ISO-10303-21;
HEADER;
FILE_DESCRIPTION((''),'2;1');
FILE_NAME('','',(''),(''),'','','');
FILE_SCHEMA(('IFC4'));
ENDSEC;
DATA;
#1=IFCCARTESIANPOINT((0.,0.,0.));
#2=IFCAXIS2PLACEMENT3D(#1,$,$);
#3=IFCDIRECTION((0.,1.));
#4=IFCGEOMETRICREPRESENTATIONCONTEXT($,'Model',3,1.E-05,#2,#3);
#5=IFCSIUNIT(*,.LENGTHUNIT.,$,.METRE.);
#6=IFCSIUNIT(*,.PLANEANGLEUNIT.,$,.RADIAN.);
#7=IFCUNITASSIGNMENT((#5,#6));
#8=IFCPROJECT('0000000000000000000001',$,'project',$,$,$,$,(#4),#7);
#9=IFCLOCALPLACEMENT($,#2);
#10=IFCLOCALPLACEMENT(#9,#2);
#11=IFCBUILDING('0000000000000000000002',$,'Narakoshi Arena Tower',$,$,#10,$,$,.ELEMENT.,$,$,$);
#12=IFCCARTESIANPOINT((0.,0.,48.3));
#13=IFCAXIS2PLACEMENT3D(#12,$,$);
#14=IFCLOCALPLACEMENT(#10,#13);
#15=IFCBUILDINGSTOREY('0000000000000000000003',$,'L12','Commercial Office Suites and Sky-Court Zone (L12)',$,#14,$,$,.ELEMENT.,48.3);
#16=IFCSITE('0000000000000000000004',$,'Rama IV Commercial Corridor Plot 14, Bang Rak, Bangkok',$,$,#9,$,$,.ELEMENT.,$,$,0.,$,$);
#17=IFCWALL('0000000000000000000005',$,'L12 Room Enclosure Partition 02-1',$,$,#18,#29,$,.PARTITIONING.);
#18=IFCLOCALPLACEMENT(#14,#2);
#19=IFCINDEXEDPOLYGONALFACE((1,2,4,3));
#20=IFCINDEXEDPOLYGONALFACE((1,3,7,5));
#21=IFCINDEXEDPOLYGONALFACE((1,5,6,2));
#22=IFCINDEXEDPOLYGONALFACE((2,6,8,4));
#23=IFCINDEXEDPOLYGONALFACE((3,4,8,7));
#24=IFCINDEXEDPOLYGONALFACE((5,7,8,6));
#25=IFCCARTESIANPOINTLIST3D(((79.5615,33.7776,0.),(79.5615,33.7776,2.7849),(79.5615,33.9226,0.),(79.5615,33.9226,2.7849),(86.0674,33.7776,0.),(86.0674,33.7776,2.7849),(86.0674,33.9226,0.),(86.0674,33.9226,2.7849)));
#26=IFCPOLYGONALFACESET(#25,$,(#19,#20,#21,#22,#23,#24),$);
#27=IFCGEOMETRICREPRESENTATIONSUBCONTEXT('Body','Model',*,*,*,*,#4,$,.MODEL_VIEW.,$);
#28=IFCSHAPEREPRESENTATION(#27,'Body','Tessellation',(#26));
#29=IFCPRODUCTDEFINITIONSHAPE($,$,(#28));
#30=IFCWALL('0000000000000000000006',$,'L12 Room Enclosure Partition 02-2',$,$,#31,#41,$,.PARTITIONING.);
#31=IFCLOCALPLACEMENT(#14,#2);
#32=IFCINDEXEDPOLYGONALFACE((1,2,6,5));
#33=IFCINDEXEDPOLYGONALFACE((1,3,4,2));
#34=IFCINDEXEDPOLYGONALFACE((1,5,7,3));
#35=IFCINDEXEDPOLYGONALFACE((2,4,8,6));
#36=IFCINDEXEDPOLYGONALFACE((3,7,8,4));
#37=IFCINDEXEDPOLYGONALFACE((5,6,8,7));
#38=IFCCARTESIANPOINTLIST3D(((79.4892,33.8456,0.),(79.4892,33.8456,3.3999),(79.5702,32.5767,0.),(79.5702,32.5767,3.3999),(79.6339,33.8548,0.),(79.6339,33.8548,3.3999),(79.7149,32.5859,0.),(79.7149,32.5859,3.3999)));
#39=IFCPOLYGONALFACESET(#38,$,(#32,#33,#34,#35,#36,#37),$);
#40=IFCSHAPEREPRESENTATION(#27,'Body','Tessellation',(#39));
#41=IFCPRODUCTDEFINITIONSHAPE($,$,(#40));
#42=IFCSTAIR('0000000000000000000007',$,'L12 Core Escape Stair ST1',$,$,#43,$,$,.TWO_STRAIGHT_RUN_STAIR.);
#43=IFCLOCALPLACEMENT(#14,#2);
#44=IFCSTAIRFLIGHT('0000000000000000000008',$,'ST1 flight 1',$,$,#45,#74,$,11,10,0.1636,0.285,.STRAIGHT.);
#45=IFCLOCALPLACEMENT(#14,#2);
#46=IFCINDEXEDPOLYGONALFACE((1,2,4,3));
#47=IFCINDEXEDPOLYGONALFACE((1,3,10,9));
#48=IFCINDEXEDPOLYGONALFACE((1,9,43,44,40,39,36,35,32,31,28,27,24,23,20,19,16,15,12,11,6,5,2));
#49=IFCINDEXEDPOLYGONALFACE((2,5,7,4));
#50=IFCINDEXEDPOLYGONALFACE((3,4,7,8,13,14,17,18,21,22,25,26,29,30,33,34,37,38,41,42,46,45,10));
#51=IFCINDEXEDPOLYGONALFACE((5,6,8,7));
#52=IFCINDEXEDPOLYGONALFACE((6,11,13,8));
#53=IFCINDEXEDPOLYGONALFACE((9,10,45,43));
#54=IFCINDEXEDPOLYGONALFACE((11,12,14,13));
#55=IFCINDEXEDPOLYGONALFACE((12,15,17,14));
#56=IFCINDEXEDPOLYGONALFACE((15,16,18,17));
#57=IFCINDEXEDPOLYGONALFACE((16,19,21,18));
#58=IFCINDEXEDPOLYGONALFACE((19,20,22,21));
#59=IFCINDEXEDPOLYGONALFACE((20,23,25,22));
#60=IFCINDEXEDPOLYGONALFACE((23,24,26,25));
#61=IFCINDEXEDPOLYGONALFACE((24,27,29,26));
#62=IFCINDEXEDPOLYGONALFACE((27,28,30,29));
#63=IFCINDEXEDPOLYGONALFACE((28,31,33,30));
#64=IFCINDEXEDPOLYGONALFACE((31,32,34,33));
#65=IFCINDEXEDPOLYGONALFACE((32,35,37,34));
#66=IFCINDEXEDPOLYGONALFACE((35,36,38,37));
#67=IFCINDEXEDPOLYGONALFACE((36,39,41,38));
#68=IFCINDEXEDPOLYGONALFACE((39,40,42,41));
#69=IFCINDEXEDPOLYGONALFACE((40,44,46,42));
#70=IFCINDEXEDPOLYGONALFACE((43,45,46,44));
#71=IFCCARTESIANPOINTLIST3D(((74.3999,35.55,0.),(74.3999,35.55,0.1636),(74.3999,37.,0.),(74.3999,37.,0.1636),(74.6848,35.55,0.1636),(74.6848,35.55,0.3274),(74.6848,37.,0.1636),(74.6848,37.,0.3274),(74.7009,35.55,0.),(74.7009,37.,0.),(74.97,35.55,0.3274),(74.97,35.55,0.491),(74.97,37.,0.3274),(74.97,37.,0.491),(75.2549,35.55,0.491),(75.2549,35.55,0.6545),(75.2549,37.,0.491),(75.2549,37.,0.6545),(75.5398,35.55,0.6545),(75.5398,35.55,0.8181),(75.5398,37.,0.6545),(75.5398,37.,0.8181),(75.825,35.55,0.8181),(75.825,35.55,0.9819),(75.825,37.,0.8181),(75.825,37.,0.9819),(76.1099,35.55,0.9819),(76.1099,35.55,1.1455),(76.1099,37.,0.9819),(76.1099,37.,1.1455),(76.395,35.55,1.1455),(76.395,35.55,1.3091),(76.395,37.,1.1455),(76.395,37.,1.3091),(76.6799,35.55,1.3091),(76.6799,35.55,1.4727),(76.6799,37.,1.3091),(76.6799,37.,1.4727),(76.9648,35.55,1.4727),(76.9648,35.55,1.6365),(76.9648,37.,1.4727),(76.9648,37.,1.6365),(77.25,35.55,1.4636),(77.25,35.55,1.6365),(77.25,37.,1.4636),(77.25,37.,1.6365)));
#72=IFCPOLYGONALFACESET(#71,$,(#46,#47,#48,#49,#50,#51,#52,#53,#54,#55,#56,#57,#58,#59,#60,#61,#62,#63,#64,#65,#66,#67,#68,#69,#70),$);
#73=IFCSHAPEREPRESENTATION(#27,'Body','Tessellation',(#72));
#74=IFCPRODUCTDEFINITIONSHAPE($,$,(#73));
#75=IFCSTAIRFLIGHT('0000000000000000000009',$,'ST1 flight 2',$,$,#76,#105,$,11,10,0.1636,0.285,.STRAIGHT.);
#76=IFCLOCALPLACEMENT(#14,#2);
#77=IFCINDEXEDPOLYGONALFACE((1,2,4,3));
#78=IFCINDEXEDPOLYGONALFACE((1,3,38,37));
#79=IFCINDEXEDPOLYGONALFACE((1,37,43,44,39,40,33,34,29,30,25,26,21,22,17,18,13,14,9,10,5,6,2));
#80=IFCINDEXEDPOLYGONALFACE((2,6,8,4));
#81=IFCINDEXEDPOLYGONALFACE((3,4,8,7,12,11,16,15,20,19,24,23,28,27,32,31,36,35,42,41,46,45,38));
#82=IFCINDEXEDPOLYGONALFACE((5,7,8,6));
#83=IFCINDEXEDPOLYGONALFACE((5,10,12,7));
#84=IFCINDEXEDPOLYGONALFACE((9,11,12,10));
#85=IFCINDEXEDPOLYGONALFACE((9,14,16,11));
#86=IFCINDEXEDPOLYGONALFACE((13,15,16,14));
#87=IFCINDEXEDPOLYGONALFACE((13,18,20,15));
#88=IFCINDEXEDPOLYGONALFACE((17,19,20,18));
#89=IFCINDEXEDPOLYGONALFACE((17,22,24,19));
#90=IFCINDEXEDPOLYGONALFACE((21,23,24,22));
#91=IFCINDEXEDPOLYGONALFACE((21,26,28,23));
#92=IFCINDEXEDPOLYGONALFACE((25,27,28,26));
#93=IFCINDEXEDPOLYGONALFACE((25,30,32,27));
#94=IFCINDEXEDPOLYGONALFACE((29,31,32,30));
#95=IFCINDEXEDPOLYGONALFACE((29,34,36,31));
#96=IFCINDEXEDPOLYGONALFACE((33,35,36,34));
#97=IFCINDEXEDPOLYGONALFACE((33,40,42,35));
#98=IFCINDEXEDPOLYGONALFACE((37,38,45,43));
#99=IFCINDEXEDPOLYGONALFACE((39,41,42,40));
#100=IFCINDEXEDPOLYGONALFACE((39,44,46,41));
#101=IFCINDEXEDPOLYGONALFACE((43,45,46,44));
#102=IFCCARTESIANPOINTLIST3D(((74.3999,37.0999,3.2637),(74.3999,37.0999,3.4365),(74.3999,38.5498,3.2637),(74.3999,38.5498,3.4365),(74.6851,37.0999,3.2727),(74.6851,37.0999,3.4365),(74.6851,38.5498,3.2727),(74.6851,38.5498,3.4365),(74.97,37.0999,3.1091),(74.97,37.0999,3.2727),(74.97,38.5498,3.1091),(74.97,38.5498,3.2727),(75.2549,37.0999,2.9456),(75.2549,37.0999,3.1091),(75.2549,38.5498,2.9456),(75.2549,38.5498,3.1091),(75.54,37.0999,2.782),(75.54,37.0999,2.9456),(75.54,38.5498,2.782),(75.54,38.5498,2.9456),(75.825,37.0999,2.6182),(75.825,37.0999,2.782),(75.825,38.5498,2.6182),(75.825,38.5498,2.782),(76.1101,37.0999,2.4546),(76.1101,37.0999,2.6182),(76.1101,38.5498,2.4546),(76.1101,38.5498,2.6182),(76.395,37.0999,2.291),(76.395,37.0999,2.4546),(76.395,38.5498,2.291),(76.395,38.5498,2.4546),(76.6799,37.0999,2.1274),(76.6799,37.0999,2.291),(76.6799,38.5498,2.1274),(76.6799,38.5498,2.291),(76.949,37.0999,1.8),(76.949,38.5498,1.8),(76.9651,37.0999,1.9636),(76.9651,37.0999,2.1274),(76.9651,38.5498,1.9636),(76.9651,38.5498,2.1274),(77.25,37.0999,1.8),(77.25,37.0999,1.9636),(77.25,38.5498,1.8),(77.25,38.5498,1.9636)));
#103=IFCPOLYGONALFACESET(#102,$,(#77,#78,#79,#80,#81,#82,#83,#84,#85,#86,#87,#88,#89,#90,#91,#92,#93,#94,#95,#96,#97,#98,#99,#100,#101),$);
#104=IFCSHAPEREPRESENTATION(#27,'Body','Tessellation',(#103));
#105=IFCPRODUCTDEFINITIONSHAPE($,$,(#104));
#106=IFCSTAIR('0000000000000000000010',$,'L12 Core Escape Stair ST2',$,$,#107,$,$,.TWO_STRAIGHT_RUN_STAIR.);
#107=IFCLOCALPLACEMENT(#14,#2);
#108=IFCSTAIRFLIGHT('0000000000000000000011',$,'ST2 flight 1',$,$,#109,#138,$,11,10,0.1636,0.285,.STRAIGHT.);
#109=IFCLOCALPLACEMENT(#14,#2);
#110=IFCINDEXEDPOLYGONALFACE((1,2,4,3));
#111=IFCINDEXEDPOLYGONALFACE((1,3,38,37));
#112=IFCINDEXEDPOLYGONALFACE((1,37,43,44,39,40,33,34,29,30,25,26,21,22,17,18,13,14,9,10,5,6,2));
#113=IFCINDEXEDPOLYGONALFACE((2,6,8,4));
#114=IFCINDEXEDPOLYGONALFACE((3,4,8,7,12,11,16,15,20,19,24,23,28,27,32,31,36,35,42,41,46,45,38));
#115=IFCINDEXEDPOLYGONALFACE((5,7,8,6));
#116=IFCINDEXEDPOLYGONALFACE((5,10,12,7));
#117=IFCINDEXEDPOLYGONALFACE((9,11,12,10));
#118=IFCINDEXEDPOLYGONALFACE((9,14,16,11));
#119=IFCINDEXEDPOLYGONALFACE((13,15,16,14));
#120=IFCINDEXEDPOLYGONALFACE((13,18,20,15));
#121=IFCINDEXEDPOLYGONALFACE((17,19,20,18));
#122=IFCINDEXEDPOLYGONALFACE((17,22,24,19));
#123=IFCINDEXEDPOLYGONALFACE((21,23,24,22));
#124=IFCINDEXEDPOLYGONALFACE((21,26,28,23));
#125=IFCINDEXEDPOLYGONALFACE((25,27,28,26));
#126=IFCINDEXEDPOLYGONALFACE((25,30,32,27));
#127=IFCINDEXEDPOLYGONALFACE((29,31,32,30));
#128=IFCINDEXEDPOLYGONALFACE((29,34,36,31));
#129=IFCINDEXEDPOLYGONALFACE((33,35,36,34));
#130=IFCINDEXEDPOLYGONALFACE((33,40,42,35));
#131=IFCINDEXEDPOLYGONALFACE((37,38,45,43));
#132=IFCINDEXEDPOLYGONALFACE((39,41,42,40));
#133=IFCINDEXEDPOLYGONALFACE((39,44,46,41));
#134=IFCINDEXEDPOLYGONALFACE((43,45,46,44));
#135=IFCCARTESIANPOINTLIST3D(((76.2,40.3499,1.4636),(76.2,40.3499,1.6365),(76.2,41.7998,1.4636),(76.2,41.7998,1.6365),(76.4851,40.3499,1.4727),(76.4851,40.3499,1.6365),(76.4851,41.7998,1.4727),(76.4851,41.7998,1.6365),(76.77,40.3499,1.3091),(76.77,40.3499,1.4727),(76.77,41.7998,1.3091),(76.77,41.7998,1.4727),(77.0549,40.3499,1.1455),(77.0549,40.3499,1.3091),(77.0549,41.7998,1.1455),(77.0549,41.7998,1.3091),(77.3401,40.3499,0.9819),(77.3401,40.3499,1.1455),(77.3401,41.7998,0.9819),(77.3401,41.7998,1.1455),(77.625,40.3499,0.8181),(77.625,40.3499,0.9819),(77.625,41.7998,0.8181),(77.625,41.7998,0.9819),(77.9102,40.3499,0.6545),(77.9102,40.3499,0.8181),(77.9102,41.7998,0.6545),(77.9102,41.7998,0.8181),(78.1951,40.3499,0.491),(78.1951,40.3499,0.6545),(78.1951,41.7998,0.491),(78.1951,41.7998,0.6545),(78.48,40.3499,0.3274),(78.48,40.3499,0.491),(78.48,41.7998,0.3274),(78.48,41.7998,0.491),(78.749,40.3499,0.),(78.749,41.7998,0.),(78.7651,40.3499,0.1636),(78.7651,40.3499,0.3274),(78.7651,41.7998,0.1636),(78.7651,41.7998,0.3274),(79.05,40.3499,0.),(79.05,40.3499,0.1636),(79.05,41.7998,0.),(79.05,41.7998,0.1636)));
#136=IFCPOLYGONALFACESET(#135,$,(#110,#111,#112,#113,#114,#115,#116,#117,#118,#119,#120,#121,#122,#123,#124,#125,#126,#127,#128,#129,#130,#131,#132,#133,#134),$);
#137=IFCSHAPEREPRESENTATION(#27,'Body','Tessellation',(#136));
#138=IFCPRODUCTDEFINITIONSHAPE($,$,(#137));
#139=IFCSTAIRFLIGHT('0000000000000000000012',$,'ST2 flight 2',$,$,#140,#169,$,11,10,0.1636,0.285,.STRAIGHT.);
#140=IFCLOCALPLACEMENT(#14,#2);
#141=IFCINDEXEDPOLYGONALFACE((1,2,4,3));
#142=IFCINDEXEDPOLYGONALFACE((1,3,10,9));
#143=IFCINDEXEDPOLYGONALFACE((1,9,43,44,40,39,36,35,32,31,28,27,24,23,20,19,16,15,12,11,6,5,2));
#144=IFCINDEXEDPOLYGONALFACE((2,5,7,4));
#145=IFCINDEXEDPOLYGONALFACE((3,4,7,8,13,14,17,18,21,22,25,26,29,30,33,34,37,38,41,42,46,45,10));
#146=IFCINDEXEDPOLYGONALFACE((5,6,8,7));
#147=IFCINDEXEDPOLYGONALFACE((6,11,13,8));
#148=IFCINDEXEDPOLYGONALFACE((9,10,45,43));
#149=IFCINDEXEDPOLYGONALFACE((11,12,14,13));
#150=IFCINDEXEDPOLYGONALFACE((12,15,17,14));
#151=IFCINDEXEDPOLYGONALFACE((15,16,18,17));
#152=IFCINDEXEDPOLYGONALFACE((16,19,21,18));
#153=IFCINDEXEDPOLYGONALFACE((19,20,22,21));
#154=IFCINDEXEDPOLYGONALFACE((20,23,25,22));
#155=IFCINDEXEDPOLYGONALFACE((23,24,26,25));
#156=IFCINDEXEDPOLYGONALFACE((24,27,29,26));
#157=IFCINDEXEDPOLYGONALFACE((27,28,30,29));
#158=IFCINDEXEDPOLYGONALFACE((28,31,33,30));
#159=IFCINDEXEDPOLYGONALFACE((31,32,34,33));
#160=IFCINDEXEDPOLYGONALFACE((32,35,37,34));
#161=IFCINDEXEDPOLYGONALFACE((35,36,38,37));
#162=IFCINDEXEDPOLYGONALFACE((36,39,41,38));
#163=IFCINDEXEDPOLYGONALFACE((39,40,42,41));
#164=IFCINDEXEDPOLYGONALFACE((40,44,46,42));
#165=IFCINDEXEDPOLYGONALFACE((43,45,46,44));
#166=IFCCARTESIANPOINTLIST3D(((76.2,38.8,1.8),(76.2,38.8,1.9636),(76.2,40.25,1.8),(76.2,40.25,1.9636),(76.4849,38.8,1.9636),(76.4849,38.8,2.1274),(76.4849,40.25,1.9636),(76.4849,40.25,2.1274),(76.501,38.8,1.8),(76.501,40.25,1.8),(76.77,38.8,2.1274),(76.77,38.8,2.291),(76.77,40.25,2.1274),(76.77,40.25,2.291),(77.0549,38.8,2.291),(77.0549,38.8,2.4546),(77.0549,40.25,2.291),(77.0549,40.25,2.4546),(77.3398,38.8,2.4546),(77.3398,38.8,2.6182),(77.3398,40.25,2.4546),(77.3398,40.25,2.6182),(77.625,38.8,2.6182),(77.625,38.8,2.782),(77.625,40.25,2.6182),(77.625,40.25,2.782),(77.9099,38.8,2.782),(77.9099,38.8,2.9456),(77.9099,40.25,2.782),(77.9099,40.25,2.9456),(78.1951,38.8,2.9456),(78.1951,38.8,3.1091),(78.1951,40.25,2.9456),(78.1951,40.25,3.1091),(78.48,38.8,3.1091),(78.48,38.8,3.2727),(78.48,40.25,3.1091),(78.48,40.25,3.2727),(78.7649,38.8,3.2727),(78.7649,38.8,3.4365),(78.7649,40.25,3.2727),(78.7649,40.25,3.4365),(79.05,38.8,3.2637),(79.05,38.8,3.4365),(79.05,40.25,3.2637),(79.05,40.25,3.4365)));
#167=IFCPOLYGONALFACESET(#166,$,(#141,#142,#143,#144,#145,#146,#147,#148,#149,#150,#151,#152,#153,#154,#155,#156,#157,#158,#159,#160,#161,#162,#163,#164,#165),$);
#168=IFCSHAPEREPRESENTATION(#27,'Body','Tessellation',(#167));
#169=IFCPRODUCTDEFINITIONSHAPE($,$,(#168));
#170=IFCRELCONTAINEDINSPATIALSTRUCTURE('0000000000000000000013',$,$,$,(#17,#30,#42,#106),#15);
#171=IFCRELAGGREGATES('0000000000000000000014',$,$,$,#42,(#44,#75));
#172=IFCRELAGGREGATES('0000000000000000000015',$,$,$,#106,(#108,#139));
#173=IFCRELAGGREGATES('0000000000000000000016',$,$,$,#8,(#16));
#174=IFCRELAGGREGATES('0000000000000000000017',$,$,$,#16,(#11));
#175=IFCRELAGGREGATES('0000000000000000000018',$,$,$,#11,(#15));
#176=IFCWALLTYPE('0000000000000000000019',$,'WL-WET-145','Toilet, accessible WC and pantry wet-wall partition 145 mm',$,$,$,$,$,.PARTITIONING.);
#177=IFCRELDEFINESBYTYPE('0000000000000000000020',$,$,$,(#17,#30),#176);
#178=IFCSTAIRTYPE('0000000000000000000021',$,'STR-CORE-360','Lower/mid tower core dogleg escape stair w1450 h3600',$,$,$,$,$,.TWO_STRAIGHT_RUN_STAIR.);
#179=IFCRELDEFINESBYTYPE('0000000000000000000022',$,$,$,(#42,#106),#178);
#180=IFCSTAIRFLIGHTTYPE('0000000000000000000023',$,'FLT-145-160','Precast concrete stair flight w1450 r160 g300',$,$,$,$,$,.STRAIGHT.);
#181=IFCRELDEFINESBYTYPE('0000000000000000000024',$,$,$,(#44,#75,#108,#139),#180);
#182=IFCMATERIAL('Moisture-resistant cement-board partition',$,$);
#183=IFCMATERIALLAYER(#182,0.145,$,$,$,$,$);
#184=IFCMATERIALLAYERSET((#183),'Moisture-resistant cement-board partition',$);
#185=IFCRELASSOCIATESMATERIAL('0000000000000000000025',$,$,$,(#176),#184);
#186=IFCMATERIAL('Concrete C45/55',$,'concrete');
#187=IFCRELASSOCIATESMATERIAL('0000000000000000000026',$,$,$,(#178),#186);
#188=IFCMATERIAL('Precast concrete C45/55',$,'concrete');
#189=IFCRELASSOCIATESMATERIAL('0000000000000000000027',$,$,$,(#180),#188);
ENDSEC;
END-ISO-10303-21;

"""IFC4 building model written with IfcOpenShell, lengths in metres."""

from ifc_helpers import new_model, si_unit, direction, frame, frame_2d, origin, place, context, subcontext, project, spatial, polyline, rectangle, outline, extrude, material, layer, layer_set, type_object, element, aggregate, save


model = new_model("IFC4")

# Units and contexts
model_context = context("Model", 3, precision=1e-05, world=origin(), true_north=direction((0.0, 1.0)))
body_context = subcontext(model_context, "Body", "Model", "MODEL_VIEW")
ifc_project = project(units=[si_unit("LENGTHUNIT", "METRE"), si_unit("PLANEANGLEUNIT", "RADIAN")], contexts=[model_context])

# Site, building, storey
site_placement = place(None, origin())
site = spatial("IfcSite", under=ifc_project, at=site_placement, Name="Rama IV Commercial Corridor Plot 14, Bang Rak, Bangkok", CompositionType="ELEMENT", RefElevation=0.0)
building_placement = place(site_placement, origin())
building = spatial("IfcBuilding", under=site, at=building_placement, Name="Narakoshi Arena Tower", CompositionType="ELEMENT")
storey_placement = place(building_placement, frame((0.0, 0.0, 48.3)))
storey = spatial("IfcBuildingStorey", under=building, at=storey_placement, Name="L12", Description="Commercial Office Suites and Sky-Court Zone (L12)", CompositionType="ELEMENT", Elevation=48.3)

# Walls
ifc_material_1 = material(Name="Moisture-resistant cement-board partition")
ifc_layer_1 = layer(ifc_material_1, 0.145)
ifc_layer_set_1 = layer_set([ifc_layer_1], Name="Moisture-resistant cement-board partition")
wall_type_1 = type_object("IfcWallType", Name="WL-WET-145", Description="Toilet, accessible WC and pantry wet-wall partition 145 mm", PredefinedType="PARTITIONING", material=ifc_layer_set_1)
wall_1_placement = place(storey_placement, frame((79.5615, 33.8501, 0.0), z_axis=(0.0, 0.0, 1.0), x_axis=(1.0, 0.0, 0.0)))
element("IfcWall", 1, at=wall_1_placement, inside=storey, type_object=wall_type_1, Name="L12 Room Enclosure Partition 02-1", PredefinedType="PARTITIONING", context=body_context, shape_type="SweptSolid", body=[
    extrude(rectangle(XDim=6.5059, YDim=0.145, at=frame_2d((3.2529, 0.0))), origin(), (0.0, 0.0, 1.0), 2.7849),
])
wall_2_placement = place(storey_placement, frame((79.6426, 32.5813, 0.0), z_axis=(0.0, 0.0, 1.0), x_axis=(-0.063753, 0.997966, 0.0)))
element("IfcWall", 2, at=wall_2_placement, inside=storey, type_object=wall_type_1, Name="L12 Room Enclosure Partition 02-2", PredefinedType="PARTITIONING", context=body_context, shape_type="SweptSolid", body=[
    extrude(rectangle(XDim=1.2715, YDim=0.145, at=frame_2d((0.6357, 0.0))), origin(), (0.0, 0.0, 1.0), 3.3999),
])

# Stairs, stair flights
ifc_material_2 = material(Name="Concrete C45/55", Category="concrete")
stair_type = type_object("IfcStairType", Name="STR-CORE-360", Description="Lower/mid tower core dogleg escape stair w1450 h3600", PredefinedType="TWO_STRAIGHT_RUN_STAIR", material=ifc_material_2)
stair_1_placement = place(storey_placement, origin())
stair_1 = element("IfcStair", 3, at=stair_1_placement, inside=storey, type_object=stair_type, Name="L12 Core Escape Stair ST1", PredefinedType="TWO_STRAIGHT_RUN_STAIR")
ifc_material_3 = material(Name="Precast concrete C45/55", Category="concrete")
stair_flight_type = type_object("IfcStairFlightType", Name="FLT-145-160", Description="Precast concrete stair flight w1450 r160 g300", PredefinedType="STRAIGHT", material=ifc_material_3)
stair_flight_1_placement = place(storey_placement, frame((74.3999, 36.2749, 0.0), z_axis=(0.0, 0.0, 1.0), x_axis=(1.0, 0.0, 0.0)))
stair_flight_1 = element("IfcStairFlight", 4, at=stair_flight_1_placement, type_object=stair_flight_type, Name="ST1 flight 1", NumberOfRisers=11, NumberOfTreads=10, PredefinedType="STRAIGHT", RiserHeight=0.1636, TreadLength=0.285, context=body_context, shape_type="SweptSolid", body=[
    extrude(outline(polyline([(0.0, 0.0), (0.0, 0.1636), (0.2849, 0.1636), (0.2849, 0.3274), (0.5701, 0.3274), (0.5701, 0.491), (0.855, 0.491), (0.855, 0.6545), (1.1399, 0.6545), (1.1399, 0.8181), (1.425, 0.8181), (1.425, 0.9819), (1.71, 0.9819), (1.71, 1.1455), (1.9951, 1.1455), (1.9951, 1.3091), (2.28, 1.3091), (2.28, 1.4727), (2.5649, 1.4727), (2.5649, 1.6365), (2.8501, 1.6365), (2.8501, 1.8), (2.8501, 1.4636), (0.301, 0.0), (0.0, 0.0)])), frame((0.0, 0.7251, 0.0), z_axis=(0.0, -1.0, 0.0), x_axis=(1.0, 0.0, 0.0)), (0.0, 0.0, 1.0), 1.45),
])
stair_flight_2_placement = place(storey_placement, frame((77.25, 37.825, 1.8), z_axis=(0.0, 0.0, 1.0), x_axis=(-1.0, 0.0, 0.0)))
stair_flight_2 = element("IfcStairFlight", 5, at=stair_flight_2_placement, type_object=stair_flight_type, Name="ST1 flight 2", NumberOfRisers=11, NumberOfTreads=10, PredefinedType="STRAIGHT", RiserHeight=0.1636, TreadLength=0.285, context=body_context, shape_type="SweptSolid", body=[
    extrude(outline(polyline([(0.0, 0.0), (0.0, 0.1636), (0.2849, 0.1636), (0.2849, 0.3274), (0.5701, 0.3274), (0.5701, 0.491), (0.855, 0.491), (0.855, 0.6545), (1.1399, 0.6545), (1.1399, 0.8181), (1.425, 0.8181), (1.425, 0.9819), (1.71, 0.9819), (1.71, 1.1455), (1.9951, 1.1455), (1.9951, 1.3091), (2.28, 1.3091), (2.28, 1.4727), (2.5649, 1.4727), (2.5649, 1.6365), (2.8501, 1.6365), (2.8501, 1.8), (2.8501, 1.4636), (0.301, 0.0), (0.0, 0.0)])), frame((0.0, 0.7251, 0.0), z_axis=(0.0, -1.0, 0.0), x_axis=(1.0, 0.0, 0.0)), (0.0, 0.0, 1.0), 1.45),
])
aggregate(stair_1, [stair_flight_1, stair_flight_2])
stair_2_placement = place(storey_placement, origin())
stair_2 = element("IfcStair", 6, at=stair_2_placement, inside=storey, type_object=stair_type, Name="L12 Core Escape Stair ST2", PredefinedType="TWO_STRAIGHT_RUN_STAIR")
stair_flight_3_placement = place(storey_placement, frame((79.05, 41.075, 0.0), z_axis=(0.0, 0.0, 1.0), x_axis=(-1.0, 0.0, 0.0)))
stair_flight_3 = element("IfcStairFlight", 7, at=stair_flight_3_placement, type_object=stair_flight_type, Name="ST2 flight 1", NumberOfRisers=11, NumberOfTreads=10, PredefinedType="STRAIGHT", RiserHeight=0.1636, TreadLength=0.285, context=body_context, shape_type="SweptSolid", body=[
    extrude(outline(polyline([(0.0, 0.0), (0.0, 0.1636), (0.2849, 0.1636), (0.2849, 0.3274), (0.5701, 0.3274), (0.5701, 0.491), (0.855, 0.491), (0.855, 0.6545), (1.1399, 0.6545), (1.1399, 0.8181), (1.425, 0.8181), (1.425, 0.9819), (1.71, 0.9819), (1.71, 1.1455), (1.9951, 1.1455), (1.9951, 1.3091), (2.28, 1.3091), (2.28, 1.4727), (2.5649, 1.4727), (2.5649, 1.6365), (2.8501, 1.6365), (2.8501, 1.8), (2.8501, 1.4636), (0.301, 0.0), (0.0, 0.0)])), frame((0.0, 0.7251, 0.0), z_axis=(0.0, -1.0, 0.0), x_axis=(1.0, 0.0, 0.0)), (0.0, 0.0, 1.0), 1.45),
])
stair_flight_4_placement = place(storey_placement, frame((76.2, 39.5249, 1.8), z_axis=(0.0, 0.0, 1.0), x_axis=(1.0, 0.0, 0.0)))
stair_flight_4 = element("IfcStairFlight", 8, at=stair_flight_4_placement, type_object=stair_flight_type, Name="ST2 flight 2", NumberOfRisers=11, NumberOfTreads=10, PredefinedType="STRAIGHT", RiserHeight=0.1636, TreadLength=0.285, context=body_context, shape_type="SweptSolid", body=[
    extrude(outline(polyline([(0.0, 0.0), (0.0, 0.1636), (0.2849, 0.1636), (0.2849, 0.3274), (0.5701, 0.3274), (0.5701, 0.491), (0.855, 0.491), (0.855, 0.6545), (1.1399, 0.6545), (1.1399, 0.8181), (1.425, 0.8181), (1.425, 0.9819), (1.71, 0.9819), (1.71, 1.1455), (1.9951, 1.1455), (1.9951, 1.3091), (2.28, 1.3091), (2.28, 1.4727), (2.5649, 1.4727), (2.5649, 1.6365), (2.8501, 1.6365), (2.8501, 1.8), (2.8501, 1.4636), (0.301, 0.0), (0.0, 0.0)])), frame((0.0, 0.7251, 0.0), z_axis=(0.0, -1.0, 0.0), x_axis=(1.0, 0.0, 0.0)), (0.0, 0.0, 1.0), 1.45),
])
aggregate(stair_2, [stair_flight_3, stair_flight_4])

save(model, "model.ifc")
